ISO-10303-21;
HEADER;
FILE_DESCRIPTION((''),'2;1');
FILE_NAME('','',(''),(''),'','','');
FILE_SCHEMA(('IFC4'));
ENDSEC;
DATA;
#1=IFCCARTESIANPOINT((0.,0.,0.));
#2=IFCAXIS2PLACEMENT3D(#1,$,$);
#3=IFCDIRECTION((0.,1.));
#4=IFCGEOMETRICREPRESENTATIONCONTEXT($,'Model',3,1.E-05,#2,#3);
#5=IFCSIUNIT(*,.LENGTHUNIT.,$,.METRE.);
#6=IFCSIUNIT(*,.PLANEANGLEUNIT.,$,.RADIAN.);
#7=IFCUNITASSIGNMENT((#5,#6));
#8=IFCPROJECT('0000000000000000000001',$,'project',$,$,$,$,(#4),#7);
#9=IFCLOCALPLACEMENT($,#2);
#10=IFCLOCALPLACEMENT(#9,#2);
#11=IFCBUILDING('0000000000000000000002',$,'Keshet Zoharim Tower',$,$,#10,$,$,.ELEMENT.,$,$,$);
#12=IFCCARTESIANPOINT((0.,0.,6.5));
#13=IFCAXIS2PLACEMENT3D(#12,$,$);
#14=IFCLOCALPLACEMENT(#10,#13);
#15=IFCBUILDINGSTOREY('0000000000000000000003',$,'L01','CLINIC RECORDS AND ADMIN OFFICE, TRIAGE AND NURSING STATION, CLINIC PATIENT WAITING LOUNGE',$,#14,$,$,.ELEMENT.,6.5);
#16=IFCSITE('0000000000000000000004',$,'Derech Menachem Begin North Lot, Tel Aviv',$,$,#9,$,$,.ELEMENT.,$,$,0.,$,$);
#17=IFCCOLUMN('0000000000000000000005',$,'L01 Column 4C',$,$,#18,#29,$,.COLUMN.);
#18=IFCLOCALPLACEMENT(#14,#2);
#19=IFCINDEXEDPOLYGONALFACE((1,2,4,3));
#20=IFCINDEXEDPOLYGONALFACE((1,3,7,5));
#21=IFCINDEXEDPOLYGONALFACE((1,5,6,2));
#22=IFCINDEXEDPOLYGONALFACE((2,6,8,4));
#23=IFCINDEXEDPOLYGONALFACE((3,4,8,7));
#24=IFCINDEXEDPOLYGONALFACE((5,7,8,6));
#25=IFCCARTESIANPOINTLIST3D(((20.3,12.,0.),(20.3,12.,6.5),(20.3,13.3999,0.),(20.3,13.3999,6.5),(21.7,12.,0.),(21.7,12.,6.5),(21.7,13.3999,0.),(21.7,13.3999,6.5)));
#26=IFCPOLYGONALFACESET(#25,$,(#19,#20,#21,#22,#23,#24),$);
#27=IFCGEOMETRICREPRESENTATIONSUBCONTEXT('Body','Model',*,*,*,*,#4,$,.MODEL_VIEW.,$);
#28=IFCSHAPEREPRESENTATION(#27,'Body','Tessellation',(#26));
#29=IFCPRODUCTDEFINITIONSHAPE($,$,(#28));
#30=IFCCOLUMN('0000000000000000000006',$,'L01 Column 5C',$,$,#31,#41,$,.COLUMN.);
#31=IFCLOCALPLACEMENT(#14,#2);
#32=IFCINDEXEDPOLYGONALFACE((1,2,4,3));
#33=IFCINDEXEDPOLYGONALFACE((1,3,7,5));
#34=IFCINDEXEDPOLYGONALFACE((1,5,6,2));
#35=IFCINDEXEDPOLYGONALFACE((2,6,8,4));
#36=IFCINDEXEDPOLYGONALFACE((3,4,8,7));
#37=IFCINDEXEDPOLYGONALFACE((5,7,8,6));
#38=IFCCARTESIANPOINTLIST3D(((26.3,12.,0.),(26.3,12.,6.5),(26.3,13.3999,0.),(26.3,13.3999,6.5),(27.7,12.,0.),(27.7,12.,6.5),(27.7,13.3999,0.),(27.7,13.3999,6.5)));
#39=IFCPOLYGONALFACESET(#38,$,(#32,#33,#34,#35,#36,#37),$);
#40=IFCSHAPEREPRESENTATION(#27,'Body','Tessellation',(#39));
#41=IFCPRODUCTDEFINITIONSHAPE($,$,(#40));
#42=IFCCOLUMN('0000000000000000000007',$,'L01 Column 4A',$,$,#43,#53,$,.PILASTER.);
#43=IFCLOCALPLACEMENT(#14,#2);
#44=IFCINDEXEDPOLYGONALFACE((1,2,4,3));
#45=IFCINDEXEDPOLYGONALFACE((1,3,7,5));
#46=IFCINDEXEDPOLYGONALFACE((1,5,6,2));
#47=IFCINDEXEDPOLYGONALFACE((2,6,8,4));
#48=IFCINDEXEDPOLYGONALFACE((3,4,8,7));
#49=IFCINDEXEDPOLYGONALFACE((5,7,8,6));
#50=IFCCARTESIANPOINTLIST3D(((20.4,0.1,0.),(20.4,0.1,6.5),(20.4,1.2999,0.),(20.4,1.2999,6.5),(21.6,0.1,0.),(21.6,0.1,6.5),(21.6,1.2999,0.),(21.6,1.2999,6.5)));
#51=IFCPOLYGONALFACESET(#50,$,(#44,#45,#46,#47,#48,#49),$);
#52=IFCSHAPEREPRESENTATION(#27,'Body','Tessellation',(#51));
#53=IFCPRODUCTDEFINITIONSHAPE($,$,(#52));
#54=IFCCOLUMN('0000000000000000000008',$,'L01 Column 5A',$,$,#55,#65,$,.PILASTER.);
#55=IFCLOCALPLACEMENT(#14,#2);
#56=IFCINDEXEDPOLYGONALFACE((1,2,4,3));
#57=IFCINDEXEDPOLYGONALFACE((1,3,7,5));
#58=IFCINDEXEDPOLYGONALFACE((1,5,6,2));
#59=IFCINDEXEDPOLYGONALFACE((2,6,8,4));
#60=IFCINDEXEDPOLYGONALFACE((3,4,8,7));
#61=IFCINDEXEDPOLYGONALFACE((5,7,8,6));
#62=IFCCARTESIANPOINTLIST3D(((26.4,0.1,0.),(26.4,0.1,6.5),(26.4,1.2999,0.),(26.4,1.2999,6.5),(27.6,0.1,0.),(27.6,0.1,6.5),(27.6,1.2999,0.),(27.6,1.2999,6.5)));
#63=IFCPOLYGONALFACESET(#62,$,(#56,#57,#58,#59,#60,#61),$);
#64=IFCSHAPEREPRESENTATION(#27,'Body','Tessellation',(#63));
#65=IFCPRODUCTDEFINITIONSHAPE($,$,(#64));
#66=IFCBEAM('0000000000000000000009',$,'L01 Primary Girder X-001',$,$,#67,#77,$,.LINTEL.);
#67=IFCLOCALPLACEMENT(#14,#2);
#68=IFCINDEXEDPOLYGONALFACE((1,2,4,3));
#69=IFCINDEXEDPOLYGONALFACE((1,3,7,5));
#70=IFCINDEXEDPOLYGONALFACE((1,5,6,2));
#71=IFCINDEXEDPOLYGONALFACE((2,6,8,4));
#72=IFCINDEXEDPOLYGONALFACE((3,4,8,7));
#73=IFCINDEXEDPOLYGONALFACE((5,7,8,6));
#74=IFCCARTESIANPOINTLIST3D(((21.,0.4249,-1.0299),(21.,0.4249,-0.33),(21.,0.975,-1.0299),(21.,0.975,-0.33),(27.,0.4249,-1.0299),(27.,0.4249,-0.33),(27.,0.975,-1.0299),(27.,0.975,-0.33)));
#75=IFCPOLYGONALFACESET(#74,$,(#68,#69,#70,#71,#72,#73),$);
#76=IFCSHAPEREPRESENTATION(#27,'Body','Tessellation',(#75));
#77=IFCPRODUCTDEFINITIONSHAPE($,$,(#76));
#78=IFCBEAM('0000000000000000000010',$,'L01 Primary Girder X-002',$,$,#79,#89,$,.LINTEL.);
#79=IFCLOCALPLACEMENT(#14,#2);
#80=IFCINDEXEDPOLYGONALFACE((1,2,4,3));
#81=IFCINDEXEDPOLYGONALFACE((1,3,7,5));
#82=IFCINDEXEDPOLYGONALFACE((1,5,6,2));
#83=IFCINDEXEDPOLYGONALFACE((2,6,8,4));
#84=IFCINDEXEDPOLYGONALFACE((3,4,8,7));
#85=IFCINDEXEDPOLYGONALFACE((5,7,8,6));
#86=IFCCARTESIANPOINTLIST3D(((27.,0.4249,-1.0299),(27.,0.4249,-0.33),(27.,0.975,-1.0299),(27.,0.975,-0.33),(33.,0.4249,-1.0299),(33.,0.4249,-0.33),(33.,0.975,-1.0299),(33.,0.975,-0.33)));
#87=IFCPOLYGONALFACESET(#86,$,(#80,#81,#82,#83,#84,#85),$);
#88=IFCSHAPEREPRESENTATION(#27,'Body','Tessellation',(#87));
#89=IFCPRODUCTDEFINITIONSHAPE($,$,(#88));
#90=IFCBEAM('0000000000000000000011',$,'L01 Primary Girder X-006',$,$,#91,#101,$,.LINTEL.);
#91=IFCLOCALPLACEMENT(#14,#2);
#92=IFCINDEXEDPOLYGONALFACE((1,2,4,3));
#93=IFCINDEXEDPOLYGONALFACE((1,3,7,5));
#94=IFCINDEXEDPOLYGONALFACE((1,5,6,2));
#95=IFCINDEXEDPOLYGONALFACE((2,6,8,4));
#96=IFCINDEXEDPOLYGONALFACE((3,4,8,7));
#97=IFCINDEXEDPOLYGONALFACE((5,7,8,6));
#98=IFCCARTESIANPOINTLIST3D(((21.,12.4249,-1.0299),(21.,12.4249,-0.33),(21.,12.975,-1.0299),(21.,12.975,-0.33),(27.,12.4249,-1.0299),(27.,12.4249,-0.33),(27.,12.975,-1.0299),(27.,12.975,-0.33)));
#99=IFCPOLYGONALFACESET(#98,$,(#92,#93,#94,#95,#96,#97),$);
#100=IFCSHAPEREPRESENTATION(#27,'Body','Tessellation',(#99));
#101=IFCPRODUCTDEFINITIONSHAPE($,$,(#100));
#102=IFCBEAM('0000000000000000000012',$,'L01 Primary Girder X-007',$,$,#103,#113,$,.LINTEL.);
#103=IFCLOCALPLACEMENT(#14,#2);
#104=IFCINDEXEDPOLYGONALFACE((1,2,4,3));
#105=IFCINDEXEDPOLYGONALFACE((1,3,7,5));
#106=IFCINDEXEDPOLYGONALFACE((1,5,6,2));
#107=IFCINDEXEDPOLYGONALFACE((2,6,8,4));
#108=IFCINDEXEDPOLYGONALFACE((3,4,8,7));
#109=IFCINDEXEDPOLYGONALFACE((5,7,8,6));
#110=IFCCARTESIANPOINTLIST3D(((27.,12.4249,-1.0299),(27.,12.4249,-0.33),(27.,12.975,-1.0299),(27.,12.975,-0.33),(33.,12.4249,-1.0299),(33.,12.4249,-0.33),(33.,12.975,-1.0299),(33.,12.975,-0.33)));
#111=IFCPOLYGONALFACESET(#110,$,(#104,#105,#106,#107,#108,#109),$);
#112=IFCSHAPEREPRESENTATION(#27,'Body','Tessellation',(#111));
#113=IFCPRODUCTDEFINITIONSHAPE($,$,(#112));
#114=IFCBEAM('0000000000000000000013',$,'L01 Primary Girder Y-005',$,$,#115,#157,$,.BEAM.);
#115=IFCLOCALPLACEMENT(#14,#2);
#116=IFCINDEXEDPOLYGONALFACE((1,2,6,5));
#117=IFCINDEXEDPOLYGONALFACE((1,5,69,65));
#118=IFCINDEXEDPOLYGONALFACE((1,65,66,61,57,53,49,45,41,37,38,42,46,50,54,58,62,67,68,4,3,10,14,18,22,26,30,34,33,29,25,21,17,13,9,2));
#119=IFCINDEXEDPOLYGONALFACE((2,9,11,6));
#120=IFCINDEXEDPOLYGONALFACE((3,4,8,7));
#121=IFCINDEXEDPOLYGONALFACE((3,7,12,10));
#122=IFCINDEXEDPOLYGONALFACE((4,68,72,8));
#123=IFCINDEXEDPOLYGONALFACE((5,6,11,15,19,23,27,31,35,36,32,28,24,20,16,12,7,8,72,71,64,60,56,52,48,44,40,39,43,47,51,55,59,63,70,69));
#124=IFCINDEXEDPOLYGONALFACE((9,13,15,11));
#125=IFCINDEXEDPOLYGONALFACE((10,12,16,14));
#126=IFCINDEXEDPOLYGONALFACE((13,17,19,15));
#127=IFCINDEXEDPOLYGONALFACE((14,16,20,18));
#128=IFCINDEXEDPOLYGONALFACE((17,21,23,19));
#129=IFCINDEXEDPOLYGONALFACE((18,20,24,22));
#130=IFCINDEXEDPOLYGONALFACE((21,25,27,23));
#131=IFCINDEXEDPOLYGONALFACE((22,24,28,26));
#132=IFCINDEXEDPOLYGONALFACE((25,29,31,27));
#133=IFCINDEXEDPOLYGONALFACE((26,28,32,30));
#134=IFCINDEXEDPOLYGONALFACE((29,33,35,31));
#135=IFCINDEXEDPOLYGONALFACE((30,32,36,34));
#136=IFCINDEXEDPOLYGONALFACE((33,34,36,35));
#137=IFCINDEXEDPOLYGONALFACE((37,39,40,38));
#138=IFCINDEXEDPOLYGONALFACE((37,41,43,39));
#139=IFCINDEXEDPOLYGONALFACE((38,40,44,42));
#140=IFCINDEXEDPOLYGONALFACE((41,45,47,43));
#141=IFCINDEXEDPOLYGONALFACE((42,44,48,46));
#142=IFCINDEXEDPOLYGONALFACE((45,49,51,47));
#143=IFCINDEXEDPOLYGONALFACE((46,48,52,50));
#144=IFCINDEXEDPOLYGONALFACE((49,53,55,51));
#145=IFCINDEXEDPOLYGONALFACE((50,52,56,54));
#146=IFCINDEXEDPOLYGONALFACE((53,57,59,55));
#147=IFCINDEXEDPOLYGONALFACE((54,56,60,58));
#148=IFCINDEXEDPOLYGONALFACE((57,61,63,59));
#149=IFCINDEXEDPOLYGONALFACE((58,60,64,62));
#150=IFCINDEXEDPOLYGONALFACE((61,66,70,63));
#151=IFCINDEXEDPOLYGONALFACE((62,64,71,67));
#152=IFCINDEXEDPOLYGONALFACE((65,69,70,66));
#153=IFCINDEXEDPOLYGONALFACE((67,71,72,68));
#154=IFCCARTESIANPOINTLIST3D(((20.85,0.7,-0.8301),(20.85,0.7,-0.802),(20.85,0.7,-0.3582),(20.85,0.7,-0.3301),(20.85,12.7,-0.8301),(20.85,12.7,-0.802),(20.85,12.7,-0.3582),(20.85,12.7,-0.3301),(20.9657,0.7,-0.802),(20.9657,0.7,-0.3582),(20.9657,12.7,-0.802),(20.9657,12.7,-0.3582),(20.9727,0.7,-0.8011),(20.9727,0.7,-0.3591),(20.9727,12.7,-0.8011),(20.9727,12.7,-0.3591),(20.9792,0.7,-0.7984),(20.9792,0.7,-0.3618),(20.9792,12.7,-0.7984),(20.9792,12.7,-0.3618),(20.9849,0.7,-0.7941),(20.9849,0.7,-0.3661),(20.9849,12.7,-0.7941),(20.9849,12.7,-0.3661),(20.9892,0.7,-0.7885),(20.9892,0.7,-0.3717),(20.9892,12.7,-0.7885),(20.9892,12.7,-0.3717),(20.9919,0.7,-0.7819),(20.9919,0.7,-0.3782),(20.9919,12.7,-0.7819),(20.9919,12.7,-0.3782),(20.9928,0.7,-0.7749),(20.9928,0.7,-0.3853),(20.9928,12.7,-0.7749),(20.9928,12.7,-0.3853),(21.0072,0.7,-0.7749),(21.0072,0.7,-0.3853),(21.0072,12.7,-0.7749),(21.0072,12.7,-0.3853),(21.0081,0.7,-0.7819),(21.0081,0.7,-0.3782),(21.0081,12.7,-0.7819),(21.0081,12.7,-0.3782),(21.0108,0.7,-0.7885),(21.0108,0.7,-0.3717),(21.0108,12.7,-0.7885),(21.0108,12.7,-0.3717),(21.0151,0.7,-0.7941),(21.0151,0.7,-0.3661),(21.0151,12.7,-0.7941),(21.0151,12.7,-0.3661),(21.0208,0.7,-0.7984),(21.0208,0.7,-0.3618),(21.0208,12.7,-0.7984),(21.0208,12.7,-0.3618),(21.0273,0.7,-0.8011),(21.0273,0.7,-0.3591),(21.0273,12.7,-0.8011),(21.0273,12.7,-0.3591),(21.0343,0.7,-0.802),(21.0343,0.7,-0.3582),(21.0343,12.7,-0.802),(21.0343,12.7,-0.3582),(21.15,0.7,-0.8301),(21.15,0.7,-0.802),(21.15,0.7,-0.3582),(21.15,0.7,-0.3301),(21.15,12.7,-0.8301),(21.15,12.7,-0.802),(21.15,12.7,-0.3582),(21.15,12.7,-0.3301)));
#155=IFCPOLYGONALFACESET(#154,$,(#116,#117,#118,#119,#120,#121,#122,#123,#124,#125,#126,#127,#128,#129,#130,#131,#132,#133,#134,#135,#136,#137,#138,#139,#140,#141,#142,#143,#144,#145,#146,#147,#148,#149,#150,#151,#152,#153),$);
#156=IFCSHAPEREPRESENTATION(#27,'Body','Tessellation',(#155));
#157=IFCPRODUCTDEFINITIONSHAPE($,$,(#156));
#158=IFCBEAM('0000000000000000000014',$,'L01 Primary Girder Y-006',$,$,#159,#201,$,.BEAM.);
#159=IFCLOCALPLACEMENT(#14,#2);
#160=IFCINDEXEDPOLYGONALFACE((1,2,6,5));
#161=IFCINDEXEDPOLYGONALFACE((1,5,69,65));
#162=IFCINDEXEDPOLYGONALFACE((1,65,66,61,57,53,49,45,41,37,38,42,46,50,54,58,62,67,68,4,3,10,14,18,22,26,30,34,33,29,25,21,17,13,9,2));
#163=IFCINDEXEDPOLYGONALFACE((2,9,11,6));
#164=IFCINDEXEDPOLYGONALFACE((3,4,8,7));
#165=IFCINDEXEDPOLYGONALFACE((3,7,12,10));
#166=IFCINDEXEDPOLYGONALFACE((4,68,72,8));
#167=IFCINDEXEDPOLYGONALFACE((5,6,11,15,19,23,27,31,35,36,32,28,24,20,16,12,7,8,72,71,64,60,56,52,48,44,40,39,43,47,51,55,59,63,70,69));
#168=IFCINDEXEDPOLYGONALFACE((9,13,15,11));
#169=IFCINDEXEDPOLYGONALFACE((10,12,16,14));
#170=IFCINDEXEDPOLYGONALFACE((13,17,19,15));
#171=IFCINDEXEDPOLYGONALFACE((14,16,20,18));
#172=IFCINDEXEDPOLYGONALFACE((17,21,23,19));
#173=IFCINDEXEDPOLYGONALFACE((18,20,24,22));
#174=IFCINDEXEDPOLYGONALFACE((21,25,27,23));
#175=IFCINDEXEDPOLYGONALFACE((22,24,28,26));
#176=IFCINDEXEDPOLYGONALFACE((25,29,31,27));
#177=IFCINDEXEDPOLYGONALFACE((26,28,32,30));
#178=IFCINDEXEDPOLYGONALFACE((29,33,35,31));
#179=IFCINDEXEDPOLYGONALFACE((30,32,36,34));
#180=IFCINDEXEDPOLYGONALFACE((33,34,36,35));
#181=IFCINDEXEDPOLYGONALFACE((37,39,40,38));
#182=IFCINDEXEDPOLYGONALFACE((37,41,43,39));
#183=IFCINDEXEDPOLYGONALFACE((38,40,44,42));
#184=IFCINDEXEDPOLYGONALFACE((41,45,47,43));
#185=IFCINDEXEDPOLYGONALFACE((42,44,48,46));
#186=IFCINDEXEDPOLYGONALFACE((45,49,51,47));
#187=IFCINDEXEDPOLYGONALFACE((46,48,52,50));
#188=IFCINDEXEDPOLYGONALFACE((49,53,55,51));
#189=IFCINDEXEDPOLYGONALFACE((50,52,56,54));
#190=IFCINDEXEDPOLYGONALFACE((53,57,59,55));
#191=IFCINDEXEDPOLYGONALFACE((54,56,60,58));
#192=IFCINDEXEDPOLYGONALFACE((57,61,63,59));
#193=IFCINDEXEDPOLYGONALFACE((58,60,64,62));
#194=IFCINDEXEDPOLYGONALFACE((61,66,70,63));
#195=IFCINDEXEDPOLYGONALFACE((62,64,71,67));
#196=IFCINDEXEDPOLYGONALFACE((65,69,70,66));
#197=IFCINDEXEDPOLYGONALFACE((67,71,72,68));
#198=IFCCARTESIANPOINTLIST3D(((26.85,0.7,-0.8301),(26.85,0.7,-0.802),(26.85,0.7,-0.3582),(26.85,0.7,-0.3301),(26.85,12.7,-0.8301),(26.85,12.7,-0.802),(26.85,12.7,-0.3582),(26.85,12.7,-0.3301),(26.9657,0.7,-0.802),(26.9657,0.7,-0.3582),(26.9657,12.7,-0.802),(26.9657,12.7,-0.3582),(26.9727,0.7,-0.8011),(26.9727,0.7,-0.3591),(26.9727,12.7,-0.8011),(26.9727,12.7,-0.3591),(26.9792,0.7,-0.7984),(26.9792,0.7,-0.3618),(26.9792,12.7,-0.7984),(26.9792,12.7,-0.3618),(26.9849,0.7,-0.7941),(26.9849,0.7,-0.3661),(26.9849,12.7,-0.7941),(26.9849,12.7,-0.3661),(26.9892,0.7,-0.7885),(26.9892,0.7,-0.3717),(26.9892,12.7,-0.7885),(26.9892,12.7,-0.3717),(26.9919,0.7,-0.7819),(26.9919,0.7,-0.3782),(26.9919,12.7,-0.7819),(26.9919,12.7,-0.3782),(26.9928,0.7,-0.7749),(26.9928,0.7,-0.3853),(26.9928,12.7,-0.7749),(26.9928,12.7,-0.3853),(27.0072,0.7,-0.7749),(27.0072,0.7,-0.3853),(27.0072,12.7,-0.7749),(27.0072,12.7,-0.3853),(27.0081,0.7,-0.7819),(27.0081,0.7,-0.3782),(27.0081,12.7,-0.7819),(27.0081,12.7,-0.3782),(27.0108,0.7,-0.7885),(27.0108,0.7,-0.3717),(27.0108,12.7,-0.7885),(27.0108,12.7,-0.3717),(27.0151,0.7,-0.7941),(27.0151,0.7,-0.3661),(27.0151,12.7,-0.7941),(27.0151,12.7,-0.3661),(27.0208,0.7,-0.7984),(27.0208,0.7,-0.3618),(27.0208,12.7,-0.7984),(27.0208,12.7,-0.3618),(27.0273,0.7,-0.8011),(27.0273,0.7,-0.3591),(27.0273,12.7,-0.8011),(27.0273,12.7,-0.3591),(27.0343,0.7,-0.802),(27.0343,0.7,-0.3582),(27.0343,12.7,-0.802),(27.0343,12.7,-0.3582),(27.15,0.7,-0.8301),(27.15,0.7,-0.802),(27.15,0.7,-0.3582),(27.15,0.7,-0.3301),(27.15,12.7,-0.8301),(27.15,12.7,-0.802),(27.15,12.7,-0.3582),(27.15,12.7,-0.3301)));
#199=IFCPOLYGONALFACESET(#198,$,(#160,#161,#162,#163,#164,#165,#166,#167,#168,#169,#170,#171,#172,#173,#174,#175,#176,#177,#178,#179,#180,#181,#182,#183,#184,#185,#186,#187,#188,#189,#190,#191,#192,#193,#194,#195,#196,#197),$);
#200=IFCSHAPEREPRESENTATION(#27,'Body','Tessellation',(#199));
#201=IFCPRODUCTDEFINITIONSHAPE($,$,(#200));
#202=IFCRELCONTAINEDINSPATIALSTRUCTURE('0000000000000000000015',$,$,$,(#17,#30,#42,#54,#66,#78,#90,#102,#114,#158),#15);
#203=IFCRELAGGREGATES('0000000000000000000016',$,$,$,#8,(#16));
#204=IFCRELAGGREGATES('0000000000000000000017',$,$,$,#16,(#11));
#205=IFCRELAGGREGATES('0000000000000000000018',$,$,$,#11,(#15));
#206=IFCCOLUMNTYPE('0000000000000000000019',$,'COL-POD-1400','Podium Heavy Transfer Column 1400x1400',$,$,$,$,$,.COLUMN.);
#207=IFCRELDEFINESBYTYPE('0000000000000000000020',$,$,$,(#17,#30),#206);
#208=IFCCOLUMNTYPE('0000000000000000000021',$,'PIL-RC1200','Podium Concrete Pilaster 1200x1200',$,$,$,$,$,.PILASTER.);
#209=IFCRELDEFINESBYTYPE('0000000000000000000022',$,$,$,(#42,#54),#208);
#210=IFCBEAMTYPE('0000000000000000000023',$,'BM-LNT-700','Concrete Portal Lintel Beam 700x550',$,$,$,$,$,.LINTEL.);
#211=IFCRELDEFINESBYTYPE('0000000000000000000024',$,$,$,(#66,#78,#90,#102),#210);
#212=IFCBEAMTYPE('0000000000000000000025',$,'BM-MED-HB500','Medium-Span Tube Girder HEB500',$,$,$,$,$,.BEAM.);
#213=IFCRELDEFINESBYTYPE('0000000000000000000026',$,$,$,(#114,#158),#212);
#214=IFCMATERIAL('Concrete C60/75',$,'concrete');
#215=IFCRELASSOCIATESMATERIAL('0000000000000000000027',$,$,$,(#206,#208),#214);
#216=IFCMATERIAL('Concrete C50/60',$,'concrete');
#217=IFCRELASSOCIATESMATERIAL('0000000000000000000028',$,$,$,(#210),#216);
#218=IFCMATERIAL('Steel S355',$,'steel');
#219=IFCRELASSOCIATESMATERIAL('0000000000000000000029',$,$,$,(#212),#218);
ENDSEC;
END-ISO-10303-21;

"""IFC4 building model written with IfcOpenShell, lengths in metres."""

from ifc_helpers import new_model, si_unit, direction, frame, origin, origin_2d, place, context, subcontext, project, spatial, rectangle, i_section, extrude, material, material_profile, profile_set, type_object, element, save


model = new_model("IFC4")

# Units and contexts
model_context = context("Model", 3, precision=1e-05, world=origin(), true_north=direction((0.0, 1.0)))
body_context = subcontext(model_context, "Body", "Model", "MODEL_VIEW")
ifc_project = project(units=[si_unit("LENGTHUNIT", "METRE"), si_unit("PLANEANGLEUNIT", "RADIAN")], contexts=[model_context])

# Site, building, storey
site_placement = place(None, origin())
site = spatial("IfcSite", under=ifc_project, at=site_placement, Name="Derech Menachem Begin North Lot, Tel Aviv", CompositionType="ELEMENT", RefElevation=0.0)
building_placement = place(site_placement, origin())
building = spatial("IfcBuilding", under=site, at=building_placement, Name="Keshet Zoharim Tower", CompositionType="ELEMENT")
storey_placement = place(building_placement, frame((0.0, 0.0, 6.5)))
storey = spatial("IfcBuildingStorey", under=building, at=storey_placement, Name="L01", Description="CLINIC RECORDS AND ADMIN OFFICE, TRIAGE AND NURSING STATION, CLINIC PATIENT WAITING LOUNGE", CompositionType="ELEMENT", Elevation=6.5)

# Columns
ifc_material_1 = material(Name="Concrete C60/75", Category="concrete")
ifc_material_profile_1 = material_profile(ifc_material_1, rectangle(XDim=1.3999, YDim=1.3999, at=origin_2d()), Name="RC1400x1400")
ifc_profile_set_1 = profile_set([ifc_material_profile_1], Name="Concrete C60/75")
column_type_1 = type_object("IfcColumnType", Name="COL-POD-1400", Description="Podium Heavy Transfer Column 1400x1400", PredefinedType="COLUMN", material=ifc_profile_set_1)
for number, where, z_axis, x_axis, name in (
    (1, (21.0, 12.7, 0.0), (0.0, 0.0, 1.0), (1.0, 0.0, 0.0), "L01 Column 4C"),
    (2, (27.0, 12.7, 0.0), (0.0, 0.0, 1.0), (1.0, 0.0, 0.0), "L01 Column 5C"),
):
    element("IfcColumn", number, at=place(storey_placement, frame(where, z_axis=z_axis, x_axis=x_axis)), inside=storey, type_object=column_type_1, Name=name, PredefinedType="COLUMN", context=body_context, shape_type="SweptSolid", body=[
        extrude(rectangle(XDim=1.3999, YDim=1.3999, at=origin_2d()), origin(), (0.0, 0.0, 1.0), 6.5),
    ])
ifc_material_profile_2 = material_profile(ifc_material_1, rectangle(XDim=1.2, YDim=1.2, at=origin_2d()), Name="RC1200x1200")
ifc_profile_set_2 = profile_set([ifc_material_profile_2], Name="Concrete C60/75")
column_type_2 = type_object("IfcColumnType", Name="PIL-RC1200", Description="Podium Concrete Pilaster 1200x1200", PredefinedType="PILASTER", material=ifc_profile_set_2)
for number, where, z_axis, x_axis, name in (
    (3, (21.0, 0.7, 0.0), (0.0, 0.0, 1.0), (1.0, 0.0, 0.0), "L01 Column 4A"),
    (4, (27.0, 0.7, 0.0), (0.0, 0.0, 1.0), (1.0, 0.0, 0.0), "L01 Column 5A"),
):
    element("IfcColumn", number, at=place(storey_placement, frame(where, z_axis=z_axis, x_axis=x_axis)), inside=storey, type_object=column_type_2, Name=name, PredefinedType="PILASTER", context=body_context, shape_type="SweptSolid", body=[
        extrude(rectangle(XDim=1.2, YDim=1.2, at=origin_2d()), origin(), (0.0, 0.0, 1.0), 6.5),
    ])

# Beams
ifc_material_2 = material(Name="Concrete C50/60", Category="concrete")
ifc_material_profile_3 = material_profile(ifc_material_2, rectangle(XDim=0.55, YDim=0.7, at=origin_2d()), Name="RC700x550")
ifc_profile_set_3 = profile_set([ifc_material_profile_3], Name="Concrete C50/60")
beam_type_1 = type_object("IfcBeamType", Name="BM-LNT-700", Description="Concrete Portal Lintel Beam 700x550", PredefinedType="LINTEL", material=ifc_profile_set_3)
for number, where, z_axis, x_axis, name in (
    (5, (21.0, 0.7, -0.6799), (1.0, 0.0, 0.0), (0.0, 1.0, 0.0), "L01 Primary Girder X-001"),
    (6, (27.0, 0.7, -0.6799), (1.0, 0.0, 0.0), (0.0, 1.0, 0.0), "L01 Primary Girder X-002"),
    (7, (21.0, 12.7, -0.6799), (1.0, 0.0, 0.0), (0.0, 1.0, 0.0), "L01 Primary Girder X-006"),
    (8, (27.0, 12.7, -0.6799), (1.0, 0.0, 0.0), (0.0, 1.0, 0.0), "L01 Primary Girder X-007"),
):
    element("IfcBeam", number, at=place(storey_placement, frame(where, z_axis=z_axis, x_axis=x_axis)), inside=storey, type_object=beam_type_1, Name=name, PredefinedType="LINTEL", context=body_context, shape_type="SweptSolid", body=[
        extrude(rectangle(XDim=0.55, YDim=0.7, at=origin_2d()), origin(), (0.0, 0.0, 1.0), 6.0),
    ])
ifc_material_3 = material(Name="Steel S355", Category="steel")
ifc_material_profile_4 = material_profile(ifc_material_3, i_section(OverallWidth=0.3, OverallDepth=0.5, WebThickness=0.0144, FlangeThickness=0.0281, FilletRadius=0.0271, at=origin_2d()), Name="HEB500")
ifc_profile_set_4 = profile_set([ifc_material_profile_4], Name="Steel S355")
beam_type_2 = type_object("IfcBeamType", Name="BM-MED-HB500", Description="Medium-Span Tube Girder HEB500", PredefinedType="BEAM", material=ifc_profile_set_4)
for number, where, z_axis, x_axis, name in (
    (9, (21.0, 0.7, -0.5801), (0.0, 1.0, 0.0), (-1.0, 0.0, 0.0), "L01 Primary Girder Y-005"),
    (10, (27.0, 0.7, -0.5801), (0.0, 1.0, 0.0), (-1.0, 0.0, 0.0), "L01 Primary Girder Y-006"),
):
    element("IfcBeam", number, at=place(storey_placement, frame(where, z_axis=z_axis, x_axis=x_axis)), inside=storey, type_object=beam_type_2, Name=name, PredefinedType="BEAM", context=body_context, shape_type="SweptSolid", body=[
        extrude(i_section(OverallWidth=0.3, OverallDepth=0.5, WebThickness=0.0144, FlangeThickness=0.0281, FilletRadius=0.0271, at=origin_2d()), origin(), (0.0, 0.0, 1.0), 12.0),
    ])

save(model, "model.ifc")
